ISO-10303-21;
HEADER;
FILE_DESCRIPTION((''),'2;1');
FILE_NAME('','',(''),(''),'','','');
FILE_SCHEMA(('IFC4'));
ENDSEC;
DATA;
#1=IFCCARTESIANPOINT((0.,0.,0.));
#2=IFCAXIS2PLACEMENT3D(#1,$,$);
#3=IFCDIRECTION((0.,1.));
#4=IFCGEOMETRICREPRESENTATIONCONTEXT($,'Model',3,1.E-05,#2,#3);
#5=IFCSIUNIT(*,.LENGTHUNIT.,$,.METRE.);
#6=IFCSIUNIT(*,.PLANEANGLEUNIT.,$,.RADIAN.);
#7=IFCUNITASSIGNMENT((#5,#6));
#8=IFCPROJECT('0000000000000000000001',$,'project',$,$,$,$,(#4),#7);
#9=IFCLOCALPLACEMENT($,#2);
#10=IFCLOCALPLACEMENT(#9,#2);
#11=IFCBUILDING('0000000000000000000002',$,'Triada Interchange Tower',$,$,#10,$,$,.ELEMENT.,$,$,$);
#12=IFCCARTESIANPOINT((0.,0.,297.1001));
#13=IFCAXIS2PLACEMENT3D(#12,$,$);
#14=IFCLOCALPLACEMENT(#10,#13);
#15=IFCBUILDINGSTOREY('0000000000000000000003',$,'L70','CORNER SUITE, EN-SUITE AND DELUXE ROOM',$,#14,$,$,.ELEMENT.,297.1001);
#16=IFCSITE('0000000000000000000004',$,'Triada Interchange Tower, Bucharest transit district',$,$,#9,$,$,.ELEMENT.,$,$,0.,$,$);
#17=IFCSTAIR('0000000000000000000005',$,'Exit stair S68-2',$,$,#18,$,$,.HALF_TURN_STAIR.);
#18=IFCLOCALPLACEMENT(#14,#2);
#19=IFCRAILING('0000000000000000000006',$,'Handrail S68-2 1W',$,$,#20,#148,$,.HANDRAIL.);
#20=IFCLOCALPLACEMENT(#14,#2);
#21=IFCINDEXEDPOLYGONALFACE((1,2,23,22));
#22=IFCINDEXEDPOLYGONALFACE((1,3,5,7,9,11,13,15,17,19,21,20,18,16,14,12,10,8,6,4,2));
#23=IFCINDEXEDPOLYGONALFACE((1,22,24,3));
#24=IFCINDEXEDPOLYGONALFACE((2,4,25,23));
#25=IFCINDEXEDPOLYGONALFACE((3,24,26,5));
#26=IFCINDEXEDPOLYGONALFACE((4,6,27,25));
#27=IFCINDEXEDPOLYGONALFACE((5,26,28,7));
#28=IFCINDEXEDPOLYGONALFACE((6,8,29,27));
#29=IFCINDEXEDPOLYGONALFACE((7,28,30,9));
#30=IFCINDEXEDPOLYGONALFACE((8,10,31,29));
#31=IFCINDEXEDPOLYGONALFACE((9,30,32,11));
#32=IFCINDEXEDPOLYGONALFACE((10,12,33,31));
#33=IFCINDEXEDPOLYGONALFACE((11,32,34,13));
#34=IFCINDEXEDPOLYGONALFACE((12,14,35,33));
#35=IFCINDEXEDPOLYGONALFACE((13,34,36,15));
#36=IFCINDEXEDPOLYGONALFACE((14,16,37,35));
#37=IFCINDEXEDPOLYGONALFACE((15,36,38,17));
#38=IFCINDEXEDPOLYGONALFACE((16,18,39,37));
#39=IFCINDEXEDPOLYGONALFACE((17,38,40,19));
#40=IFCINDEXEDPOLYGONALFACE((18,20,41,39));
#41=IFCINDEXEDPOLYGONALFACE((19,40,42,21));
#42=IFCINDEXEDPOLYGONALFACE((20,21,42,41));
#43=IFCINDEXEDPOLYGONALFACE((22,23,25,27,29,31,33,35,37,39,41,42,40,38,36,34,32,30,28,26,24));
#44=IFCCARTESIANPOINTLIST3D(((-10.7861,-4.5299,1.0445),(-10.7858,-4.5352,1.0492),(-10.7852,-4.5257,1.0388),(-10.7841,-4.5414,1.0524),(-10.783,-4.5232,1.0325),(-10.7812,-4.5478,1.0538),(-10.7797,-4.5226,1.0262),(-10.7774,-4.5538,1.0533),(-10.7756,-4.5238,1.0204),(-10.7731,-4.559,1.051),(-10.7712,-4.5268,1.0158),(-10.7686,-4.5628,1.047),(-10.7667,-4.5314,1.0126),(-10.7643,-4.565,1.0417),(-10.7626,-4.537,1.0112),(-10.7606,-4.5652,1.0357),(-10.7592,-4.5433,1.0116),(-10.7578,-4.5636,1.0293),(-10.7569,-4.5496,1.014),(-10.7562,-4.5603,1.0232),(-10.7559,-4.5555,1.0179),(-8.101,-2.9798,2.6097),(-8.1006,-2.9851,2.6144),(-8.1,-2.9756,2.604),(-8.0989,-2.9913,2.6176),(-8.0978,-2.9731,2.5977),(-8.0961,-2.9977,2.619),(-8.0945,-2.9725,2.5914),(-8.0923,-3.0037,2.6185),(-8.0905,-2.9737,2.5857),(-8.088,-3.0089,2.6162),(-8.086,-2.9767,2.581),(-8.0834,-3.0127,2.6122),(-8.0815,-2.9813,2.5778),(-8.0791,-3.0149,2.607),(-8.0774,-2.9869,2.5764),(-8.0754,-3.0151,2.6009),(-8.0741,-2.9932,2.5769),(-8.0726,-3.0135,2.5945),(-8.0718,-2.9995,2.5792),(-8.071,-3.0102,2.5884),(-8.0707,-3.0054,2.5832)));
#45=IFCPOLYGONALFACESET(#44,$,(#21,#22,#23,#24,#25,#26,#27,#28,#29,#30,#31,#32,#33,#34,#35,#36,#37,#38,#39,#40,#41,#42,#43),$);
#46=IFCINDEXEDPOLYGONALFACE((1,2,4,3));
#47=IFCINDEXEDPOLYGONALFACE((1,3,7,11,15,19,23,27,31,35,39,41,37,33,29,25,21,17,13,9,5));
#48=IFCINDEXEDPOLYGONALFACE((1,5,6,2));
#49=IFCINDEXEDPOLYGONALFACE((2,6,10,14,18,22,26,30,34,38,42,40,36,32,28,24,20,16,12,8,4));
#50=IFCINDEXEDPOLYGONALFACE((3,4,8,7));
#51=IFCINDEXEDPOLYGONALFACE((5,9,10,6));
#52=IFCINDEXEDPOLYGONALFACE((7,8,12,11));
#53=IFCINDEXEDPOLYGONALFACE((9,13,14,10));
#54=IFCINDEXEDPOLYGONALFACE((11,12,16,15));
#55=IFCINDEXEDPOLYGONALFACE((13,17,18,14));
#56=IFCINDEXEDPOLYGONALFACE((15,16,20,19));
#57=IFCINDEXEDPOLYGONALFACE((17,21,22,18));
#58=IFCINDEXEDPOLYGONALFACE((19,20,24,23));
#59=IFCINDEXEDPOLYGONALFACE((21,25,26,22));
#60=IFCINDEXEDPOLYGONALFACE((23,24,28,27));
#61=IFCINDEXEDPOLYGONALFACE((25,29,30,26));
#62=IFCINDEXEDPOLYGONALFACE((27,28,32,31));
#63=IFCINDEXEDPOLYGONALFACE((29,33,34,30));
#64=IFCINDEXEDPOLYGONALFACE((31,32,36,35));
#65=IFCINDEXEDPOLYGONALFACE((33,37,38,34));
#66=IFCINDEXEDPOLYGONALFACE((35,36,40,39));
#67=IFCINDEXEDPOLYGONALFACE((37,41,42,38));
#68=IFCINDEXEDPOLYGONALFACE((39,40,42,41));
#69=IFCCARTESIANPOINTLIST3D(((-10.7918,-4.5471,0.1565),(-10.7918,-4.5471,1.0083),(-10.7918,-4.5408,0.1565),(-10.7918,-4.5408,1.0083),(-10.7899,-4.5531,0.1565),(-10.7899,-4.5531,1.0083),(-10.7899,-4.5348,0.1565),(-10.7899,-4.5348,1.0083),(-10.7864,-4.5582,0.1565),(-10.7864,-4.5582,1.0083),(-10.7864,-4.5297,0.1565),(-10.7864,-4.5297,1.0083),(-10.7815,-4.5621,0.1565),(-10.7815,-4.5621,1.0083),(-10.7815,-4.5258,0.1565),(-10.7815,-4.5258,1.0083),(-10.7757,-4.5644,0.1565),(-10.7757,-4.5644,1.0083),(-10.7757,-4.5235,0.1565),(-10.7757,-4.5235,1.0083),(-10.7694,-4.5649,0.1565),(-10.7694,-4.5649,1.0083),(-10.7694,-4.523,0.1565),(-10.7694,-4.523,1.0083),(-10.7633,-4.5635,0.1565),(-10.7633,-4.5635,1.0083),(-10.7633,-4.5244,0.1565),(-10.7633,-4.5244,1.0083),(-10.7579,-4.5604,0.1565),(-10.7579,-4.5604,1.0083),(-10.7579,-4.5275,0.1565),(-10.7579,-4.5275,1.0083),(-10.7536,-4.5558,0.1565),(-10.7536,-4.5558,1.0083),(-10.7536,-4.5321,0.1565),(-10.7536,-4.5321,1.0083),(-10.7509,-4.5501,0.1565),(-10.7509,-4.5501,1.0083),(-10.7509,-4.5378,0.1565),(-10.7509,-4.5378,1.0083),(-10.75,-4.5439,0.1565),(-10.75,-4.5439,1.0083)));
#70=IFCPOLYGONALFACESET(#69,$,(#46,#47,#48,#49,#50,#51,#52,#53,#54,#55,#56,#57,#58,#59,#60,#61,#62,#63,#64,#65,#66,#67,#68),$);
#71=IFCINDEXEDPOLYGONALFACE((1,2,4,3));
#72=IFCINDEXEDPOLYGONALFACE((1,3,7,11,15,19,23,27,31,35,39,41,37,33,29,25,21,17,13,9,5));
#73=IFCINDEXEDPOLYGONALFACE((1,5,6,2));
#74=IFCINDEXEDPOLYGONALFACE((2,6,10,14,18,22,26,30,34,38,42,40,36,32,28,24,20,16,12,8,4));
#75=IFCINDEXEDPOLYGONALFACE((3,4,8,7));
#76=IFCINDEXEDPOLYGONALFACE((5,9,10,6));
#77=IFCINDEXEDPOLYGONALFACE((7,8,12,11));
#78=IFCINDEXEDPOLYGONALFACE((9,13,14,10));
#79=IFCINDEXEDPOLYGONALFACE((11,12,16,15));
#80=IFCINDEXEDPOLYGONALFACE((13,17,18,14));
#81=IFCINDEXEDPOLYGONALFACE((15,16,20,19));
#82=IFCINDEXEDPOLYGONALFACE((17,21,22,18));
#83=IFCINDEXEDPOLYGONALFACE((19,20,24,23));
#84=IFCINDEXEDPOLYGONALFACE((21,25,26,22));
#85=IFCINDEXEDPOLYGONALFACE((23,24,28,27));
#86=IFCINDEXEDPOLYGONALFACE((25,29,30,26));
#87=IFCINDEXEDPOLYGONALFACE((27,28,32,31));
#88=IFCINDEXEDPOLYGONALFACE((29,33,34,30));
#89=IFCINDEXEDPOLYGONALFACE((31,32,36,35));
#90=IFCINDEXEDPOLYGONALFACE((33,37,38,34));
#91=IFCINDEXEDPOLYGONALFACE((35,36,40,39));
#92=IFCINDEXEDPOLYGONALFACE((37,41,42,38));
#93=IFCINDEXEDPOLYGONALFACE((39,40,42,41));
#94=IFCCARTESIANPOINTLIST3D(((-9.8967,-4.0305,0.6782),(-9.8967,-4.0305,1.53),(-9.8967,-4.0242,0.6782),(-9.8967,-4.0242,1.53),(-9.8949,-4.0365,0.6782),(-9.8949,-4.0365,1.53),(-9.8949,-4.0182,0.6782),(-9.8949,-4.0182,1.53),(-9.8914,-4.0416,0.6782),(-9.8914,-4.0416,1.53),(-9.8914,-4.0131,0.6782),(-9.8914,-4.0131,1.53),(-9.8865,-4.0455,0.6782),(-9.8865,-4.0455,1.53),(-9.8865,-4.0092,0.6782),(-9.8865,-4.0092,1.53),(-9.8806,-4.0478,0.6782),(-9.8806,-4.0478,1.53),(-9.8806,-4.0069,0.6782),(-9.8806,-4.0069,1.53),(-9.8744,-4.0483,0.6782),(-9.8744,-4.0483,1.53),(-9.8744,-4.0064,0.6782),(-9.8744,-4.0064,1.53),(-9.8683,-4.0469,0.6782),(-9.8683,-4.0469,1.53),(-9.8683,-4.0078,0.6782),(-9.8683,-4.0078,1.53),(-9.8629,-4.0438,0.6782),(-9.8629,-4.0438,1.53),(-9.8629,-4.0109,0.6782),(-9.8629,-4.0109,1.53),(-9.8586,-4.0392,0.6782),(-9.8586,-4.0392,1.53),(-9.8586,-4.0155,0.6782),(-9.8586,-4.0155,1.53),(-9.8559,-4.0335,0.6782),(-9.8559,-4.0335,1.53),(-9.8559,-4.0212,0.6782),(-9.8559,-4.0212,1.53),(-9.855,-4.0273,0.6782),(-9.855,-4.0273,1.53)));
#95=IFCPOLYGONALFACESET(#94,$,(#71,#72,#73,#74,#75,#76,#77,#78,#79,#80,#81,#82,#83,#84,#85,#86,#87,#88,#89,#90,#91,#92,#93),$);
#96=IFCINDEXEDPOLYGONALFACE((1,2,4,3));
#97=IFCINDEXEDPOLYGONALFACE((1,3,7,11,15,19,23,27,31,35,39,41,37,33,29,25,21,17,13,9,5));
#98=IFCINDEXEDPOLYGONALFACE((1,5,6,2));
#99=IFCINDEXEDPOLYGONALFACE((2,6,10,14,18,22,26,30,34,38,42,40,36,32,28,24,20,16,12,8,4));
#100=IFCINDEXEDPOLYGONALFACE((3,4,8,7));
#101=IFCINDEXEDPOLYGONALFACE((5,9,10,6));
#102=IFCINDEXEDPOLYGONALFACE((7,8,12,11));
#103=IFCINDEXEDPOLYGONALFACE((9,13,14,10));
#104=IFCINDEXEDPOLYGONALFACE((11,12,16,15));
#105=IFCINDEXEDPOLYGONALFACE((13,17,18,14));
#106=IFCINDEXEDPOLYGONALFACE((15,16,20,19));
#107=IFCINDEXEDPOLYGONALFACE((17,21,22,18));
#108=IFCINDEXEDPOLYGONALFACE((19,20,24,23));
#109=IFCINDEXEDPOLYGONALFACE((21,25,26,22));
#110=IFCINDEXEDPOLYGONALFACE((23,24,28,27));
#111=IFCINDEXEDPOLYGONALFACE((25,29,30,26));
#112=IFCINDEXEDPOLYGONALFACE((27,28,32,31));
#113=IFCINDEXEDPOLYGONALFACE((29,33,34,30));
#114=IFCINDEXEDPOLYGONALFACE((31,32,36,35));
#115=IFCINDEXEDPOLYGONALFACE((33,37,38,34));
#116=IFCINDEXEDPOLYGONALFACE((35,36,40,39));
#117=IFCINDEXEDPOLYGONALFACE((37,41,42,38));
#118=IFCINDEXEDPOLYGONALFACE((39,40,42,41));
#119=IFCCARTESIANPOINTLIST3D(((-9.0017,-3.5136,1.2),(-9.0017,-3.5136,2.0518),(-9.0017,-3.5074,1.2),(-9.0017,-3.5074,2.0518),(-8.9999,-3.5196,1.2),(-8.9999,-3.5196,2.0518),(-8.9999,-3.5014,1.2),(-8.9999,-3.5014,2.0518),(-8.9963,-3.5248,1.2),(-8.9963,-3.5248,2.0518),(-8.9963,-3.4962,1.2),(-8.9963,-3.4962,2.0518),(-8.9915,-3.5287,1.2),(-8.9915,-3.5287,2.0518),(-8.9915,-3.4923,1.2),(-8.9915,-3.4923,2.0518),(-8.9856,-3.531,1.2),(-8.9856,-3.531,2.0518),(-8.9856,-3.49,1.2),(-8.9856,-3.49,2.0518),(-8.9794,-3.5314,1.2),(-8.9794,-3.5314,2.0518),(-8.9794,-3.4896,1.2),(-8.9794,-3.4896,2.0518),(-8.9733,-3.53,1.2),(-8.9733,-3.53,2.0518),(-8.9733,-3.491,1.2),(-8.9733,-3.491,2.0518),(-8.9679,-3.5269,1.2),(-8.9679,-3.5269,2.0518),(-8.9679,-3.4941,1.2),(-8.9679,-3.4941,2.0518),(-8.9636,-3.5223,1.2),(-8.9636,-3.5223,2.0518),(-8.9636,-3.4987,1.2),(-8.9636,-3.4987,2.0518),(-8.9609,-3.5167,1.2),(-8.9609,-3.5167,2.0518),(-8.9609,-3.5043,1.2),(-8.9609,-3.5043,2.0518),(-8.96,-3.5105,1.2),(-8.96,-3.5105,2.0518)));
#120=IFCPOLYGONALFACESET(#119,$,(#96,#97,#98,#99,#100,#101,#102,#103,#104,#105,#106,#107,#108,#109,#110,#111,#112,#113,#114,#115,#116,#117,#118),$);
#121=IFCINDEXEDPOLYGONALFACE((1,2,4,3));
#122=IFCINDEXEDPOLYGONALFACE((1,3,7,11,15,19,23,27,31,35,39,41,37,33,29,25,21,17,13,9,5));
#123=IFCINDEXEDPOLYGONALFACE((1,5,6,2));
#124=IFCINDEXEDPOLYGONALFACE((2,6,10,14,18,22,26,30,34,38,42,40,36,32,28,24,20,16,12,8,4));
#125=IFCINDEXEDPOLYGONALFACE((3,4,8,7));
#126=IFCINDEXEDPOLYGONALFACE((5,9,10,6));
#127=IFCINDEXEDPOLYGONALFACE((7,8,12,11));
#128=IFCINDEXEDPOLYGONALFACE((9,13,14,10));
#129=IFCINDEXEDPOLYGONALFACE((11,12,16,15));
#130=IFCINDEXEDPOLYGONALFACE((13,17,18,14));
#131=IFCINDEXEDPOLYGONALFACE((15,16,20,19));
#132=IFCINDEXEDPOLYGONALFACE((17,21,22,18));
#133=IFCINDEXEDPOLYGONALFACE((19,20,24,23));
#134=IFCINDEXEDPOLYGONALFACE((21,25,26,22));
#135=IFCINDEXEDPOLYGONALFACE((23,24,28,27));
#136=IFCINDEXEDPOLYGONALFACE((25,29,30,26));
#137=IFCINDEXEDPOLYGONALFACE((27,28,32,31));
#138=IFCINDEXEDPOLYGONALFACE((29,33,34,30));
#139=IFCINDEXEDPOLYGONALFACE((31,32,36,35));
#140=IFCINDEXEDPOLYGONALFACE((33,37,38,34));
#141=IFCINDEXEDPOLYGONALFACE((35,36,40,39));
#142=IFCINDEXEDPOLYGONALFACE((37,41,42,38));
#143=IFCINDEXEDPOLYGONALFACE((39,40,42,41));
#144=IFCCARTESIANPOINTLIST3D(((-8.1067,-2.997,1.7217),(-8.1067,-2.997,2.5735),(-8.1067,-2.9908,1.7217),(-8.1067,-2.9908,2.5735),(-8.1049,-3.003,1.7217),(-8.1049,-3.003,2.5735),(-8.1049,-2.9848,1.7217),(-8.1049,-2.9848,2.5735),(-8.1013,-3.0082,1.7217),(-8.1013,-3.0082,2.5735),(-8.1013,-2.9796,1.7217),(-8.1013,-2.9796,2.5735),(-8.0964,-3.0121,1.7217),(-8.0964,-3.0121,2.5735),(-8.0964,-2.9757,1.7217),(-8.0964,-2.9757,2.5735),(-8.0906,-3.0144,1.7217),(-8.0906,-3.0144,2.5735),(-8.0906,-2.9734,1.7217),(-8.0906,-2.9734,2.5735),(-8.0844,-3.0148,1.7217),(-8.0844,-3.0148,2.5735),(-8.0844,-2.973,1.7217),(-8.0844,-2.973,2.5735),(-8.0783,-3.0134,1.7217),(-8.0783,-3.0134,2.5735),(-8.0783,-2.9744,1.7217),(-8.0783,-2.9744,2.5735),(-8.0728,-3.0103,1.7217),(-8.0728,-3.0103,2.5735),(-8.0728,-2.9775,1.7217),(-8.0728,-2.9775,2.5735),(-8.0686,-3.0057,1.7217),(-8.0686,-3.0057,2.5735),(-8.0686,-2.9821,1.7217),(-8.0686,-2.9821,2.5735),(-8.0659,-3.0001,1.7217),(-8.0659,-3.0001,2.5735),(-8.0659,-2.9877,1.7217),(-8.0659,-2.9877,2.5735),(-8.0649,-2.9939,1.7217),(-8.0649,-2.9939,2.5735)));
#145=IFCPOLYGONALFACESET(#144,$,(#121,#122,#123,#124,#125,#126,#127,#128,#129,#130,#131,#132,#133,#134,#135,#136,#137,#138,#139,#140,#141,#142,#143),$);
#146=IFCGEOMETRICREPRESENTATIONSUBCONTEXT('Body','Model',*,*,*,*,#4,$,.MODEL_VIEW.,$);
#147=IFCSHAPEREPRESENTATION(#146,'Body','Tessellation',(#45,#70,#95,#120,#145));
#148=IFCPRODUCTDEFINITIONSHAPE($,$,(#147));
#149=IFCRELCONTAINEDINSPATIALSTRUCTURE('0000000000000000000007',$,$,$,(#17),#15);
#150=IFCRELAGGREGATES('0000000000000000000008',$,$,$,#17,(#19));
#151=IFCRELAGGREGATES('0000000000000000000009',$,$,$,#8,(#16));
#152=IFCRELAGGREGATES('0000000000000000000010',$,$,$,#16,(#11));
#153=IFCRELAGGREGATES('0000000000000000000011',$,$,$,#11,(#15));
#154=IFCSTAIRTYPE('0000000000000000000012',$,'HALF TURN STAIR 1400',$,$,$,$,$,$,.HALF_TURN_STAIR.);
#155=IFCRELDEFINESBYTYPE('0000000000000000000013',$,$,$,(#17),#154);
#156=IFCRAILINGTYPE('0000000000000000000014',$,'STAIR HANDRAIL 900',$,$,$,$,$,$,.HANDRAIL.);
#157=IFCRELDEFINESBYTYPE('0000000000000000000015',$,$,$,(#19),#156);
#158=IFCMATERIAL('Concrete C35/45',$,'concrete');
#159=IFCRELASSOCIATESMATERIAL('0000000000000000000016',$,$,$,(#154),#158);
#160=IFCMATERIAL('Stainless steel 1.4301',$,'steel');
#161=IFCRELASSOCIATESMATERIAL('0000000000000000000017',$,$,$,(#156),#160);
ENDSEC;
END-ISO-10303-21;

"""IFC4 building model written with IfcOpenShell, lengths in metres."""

from ifc_helpers import new_model, si_unit, direction, frame, origin, origin_2d, place, context, subcontext, project, spatial, circle, extrude, material, type_object, element, aggregate, save


model = new_model("IFC4")

# Units and contexts
model_context = context("Model", 3, precision=1e-05, world=origin(), true_north=direction((0.0, 1.0)))
body_context = subcontext(model_context, "Body", "Model", "MODEL_VIEW")
ifc_project = project(units=[si_unit("LENGTHUNIT", "METRE"), si_unit("PLANEANGLEUNIT", "RADIAN")], contexts=[model_context])

# Site, building, storey
site_placement = place(None, origin())
site = spatial("IfcSite", under=ifc_project, at=site_placement, Name="Triada Interchange Tower, Bucharest transit district", CompositionType="ELEMENT", RefElevation=0.0)
building_placement = place(site_placement, origin())
building = spatial("IfcBuilding", under=site, at=building_placement, Name="Triada Interchange Tower", CompositionType="ELEMENT")
storey_placement = place(building_placement, frame((0.0, 0.0, 297.1001)))
storey = spatial("IfcBuildingStorey", under=building, at=storey_placement, Name="L70", Description="CORNER SUITE, EN-SUITE AND DELUXE ROOM", CompositionType="ELEMENT", Elevation=297.1001)

# Stair, railing
ifc_material_1 = material(Name="Concrete C35/45", Category="concrete")
stair_type = type_object("IfcStairType", Name="HALF TURN STAIR 1400", PredefinedType="HALF_TURN_STAIR", material=ifc_material_1)
stair_placement = place(storey_placement, origin())
stair = element("IfcStair", 1, at=stair_placement, inside=storey, type_object=stair_type, Name="Exit stair S68-2", PredefinedType="HALF_TURN_STAIR")
ifc_material_2 = material(Name="Stainless steel 1.4301", Category="steel")
railing_type = type_object("IfcRailingType", Name="STAIR HANDRAIL 900", PredefinedType="HANDRAIL", material=ifc_material_2)
railing_1_placement = place(storey_placement, frame((-10.771, -4.5439, 0.1565)))
railing_1 = element("IfcRailing", 2, at=railing_1_placement, type_object=railing_type, Name="Handrail S68-2 1W", PredefinedType="HANDRAIL", context=body_context, shape_type="SweptSolid", body=[
    extrude(circle(Radius=0.0239, at=origin_2d()), frame((0.0, 0.0, 0.876), z_axis=(0.773115, 0.446309, 0.450667), x_axis=(-0.499959, 0.866049, 0.0)), (0.0, 0.0, 1.0), 3.4731),
    extrude(circle(Radius=0.021, at=origin_2d()), origin(), (0.0, 0.0, 1.0), 0.8518),
    extrude(circle(Radius=0.021, at=origin_2d()), frame((0.895, 0.5166, 0.5217)), (0.0, 0.0, 1.0), 0.8518),
    extrude(circle(Radius=0.021, at=origin_2d()), frame((1.79, 1.0334, 1.0435)), (0.0, 0.0, 1.0), 0.8518),
    extrude(circle(Radius=0.021, at=origin_2d()), frame((2.6851, 1.55, 1.5652)), (0.0, 0.0, 1.0), 0.8518),
])
aggregate(stair, [railing_1])

save(model, "model.ifc")
